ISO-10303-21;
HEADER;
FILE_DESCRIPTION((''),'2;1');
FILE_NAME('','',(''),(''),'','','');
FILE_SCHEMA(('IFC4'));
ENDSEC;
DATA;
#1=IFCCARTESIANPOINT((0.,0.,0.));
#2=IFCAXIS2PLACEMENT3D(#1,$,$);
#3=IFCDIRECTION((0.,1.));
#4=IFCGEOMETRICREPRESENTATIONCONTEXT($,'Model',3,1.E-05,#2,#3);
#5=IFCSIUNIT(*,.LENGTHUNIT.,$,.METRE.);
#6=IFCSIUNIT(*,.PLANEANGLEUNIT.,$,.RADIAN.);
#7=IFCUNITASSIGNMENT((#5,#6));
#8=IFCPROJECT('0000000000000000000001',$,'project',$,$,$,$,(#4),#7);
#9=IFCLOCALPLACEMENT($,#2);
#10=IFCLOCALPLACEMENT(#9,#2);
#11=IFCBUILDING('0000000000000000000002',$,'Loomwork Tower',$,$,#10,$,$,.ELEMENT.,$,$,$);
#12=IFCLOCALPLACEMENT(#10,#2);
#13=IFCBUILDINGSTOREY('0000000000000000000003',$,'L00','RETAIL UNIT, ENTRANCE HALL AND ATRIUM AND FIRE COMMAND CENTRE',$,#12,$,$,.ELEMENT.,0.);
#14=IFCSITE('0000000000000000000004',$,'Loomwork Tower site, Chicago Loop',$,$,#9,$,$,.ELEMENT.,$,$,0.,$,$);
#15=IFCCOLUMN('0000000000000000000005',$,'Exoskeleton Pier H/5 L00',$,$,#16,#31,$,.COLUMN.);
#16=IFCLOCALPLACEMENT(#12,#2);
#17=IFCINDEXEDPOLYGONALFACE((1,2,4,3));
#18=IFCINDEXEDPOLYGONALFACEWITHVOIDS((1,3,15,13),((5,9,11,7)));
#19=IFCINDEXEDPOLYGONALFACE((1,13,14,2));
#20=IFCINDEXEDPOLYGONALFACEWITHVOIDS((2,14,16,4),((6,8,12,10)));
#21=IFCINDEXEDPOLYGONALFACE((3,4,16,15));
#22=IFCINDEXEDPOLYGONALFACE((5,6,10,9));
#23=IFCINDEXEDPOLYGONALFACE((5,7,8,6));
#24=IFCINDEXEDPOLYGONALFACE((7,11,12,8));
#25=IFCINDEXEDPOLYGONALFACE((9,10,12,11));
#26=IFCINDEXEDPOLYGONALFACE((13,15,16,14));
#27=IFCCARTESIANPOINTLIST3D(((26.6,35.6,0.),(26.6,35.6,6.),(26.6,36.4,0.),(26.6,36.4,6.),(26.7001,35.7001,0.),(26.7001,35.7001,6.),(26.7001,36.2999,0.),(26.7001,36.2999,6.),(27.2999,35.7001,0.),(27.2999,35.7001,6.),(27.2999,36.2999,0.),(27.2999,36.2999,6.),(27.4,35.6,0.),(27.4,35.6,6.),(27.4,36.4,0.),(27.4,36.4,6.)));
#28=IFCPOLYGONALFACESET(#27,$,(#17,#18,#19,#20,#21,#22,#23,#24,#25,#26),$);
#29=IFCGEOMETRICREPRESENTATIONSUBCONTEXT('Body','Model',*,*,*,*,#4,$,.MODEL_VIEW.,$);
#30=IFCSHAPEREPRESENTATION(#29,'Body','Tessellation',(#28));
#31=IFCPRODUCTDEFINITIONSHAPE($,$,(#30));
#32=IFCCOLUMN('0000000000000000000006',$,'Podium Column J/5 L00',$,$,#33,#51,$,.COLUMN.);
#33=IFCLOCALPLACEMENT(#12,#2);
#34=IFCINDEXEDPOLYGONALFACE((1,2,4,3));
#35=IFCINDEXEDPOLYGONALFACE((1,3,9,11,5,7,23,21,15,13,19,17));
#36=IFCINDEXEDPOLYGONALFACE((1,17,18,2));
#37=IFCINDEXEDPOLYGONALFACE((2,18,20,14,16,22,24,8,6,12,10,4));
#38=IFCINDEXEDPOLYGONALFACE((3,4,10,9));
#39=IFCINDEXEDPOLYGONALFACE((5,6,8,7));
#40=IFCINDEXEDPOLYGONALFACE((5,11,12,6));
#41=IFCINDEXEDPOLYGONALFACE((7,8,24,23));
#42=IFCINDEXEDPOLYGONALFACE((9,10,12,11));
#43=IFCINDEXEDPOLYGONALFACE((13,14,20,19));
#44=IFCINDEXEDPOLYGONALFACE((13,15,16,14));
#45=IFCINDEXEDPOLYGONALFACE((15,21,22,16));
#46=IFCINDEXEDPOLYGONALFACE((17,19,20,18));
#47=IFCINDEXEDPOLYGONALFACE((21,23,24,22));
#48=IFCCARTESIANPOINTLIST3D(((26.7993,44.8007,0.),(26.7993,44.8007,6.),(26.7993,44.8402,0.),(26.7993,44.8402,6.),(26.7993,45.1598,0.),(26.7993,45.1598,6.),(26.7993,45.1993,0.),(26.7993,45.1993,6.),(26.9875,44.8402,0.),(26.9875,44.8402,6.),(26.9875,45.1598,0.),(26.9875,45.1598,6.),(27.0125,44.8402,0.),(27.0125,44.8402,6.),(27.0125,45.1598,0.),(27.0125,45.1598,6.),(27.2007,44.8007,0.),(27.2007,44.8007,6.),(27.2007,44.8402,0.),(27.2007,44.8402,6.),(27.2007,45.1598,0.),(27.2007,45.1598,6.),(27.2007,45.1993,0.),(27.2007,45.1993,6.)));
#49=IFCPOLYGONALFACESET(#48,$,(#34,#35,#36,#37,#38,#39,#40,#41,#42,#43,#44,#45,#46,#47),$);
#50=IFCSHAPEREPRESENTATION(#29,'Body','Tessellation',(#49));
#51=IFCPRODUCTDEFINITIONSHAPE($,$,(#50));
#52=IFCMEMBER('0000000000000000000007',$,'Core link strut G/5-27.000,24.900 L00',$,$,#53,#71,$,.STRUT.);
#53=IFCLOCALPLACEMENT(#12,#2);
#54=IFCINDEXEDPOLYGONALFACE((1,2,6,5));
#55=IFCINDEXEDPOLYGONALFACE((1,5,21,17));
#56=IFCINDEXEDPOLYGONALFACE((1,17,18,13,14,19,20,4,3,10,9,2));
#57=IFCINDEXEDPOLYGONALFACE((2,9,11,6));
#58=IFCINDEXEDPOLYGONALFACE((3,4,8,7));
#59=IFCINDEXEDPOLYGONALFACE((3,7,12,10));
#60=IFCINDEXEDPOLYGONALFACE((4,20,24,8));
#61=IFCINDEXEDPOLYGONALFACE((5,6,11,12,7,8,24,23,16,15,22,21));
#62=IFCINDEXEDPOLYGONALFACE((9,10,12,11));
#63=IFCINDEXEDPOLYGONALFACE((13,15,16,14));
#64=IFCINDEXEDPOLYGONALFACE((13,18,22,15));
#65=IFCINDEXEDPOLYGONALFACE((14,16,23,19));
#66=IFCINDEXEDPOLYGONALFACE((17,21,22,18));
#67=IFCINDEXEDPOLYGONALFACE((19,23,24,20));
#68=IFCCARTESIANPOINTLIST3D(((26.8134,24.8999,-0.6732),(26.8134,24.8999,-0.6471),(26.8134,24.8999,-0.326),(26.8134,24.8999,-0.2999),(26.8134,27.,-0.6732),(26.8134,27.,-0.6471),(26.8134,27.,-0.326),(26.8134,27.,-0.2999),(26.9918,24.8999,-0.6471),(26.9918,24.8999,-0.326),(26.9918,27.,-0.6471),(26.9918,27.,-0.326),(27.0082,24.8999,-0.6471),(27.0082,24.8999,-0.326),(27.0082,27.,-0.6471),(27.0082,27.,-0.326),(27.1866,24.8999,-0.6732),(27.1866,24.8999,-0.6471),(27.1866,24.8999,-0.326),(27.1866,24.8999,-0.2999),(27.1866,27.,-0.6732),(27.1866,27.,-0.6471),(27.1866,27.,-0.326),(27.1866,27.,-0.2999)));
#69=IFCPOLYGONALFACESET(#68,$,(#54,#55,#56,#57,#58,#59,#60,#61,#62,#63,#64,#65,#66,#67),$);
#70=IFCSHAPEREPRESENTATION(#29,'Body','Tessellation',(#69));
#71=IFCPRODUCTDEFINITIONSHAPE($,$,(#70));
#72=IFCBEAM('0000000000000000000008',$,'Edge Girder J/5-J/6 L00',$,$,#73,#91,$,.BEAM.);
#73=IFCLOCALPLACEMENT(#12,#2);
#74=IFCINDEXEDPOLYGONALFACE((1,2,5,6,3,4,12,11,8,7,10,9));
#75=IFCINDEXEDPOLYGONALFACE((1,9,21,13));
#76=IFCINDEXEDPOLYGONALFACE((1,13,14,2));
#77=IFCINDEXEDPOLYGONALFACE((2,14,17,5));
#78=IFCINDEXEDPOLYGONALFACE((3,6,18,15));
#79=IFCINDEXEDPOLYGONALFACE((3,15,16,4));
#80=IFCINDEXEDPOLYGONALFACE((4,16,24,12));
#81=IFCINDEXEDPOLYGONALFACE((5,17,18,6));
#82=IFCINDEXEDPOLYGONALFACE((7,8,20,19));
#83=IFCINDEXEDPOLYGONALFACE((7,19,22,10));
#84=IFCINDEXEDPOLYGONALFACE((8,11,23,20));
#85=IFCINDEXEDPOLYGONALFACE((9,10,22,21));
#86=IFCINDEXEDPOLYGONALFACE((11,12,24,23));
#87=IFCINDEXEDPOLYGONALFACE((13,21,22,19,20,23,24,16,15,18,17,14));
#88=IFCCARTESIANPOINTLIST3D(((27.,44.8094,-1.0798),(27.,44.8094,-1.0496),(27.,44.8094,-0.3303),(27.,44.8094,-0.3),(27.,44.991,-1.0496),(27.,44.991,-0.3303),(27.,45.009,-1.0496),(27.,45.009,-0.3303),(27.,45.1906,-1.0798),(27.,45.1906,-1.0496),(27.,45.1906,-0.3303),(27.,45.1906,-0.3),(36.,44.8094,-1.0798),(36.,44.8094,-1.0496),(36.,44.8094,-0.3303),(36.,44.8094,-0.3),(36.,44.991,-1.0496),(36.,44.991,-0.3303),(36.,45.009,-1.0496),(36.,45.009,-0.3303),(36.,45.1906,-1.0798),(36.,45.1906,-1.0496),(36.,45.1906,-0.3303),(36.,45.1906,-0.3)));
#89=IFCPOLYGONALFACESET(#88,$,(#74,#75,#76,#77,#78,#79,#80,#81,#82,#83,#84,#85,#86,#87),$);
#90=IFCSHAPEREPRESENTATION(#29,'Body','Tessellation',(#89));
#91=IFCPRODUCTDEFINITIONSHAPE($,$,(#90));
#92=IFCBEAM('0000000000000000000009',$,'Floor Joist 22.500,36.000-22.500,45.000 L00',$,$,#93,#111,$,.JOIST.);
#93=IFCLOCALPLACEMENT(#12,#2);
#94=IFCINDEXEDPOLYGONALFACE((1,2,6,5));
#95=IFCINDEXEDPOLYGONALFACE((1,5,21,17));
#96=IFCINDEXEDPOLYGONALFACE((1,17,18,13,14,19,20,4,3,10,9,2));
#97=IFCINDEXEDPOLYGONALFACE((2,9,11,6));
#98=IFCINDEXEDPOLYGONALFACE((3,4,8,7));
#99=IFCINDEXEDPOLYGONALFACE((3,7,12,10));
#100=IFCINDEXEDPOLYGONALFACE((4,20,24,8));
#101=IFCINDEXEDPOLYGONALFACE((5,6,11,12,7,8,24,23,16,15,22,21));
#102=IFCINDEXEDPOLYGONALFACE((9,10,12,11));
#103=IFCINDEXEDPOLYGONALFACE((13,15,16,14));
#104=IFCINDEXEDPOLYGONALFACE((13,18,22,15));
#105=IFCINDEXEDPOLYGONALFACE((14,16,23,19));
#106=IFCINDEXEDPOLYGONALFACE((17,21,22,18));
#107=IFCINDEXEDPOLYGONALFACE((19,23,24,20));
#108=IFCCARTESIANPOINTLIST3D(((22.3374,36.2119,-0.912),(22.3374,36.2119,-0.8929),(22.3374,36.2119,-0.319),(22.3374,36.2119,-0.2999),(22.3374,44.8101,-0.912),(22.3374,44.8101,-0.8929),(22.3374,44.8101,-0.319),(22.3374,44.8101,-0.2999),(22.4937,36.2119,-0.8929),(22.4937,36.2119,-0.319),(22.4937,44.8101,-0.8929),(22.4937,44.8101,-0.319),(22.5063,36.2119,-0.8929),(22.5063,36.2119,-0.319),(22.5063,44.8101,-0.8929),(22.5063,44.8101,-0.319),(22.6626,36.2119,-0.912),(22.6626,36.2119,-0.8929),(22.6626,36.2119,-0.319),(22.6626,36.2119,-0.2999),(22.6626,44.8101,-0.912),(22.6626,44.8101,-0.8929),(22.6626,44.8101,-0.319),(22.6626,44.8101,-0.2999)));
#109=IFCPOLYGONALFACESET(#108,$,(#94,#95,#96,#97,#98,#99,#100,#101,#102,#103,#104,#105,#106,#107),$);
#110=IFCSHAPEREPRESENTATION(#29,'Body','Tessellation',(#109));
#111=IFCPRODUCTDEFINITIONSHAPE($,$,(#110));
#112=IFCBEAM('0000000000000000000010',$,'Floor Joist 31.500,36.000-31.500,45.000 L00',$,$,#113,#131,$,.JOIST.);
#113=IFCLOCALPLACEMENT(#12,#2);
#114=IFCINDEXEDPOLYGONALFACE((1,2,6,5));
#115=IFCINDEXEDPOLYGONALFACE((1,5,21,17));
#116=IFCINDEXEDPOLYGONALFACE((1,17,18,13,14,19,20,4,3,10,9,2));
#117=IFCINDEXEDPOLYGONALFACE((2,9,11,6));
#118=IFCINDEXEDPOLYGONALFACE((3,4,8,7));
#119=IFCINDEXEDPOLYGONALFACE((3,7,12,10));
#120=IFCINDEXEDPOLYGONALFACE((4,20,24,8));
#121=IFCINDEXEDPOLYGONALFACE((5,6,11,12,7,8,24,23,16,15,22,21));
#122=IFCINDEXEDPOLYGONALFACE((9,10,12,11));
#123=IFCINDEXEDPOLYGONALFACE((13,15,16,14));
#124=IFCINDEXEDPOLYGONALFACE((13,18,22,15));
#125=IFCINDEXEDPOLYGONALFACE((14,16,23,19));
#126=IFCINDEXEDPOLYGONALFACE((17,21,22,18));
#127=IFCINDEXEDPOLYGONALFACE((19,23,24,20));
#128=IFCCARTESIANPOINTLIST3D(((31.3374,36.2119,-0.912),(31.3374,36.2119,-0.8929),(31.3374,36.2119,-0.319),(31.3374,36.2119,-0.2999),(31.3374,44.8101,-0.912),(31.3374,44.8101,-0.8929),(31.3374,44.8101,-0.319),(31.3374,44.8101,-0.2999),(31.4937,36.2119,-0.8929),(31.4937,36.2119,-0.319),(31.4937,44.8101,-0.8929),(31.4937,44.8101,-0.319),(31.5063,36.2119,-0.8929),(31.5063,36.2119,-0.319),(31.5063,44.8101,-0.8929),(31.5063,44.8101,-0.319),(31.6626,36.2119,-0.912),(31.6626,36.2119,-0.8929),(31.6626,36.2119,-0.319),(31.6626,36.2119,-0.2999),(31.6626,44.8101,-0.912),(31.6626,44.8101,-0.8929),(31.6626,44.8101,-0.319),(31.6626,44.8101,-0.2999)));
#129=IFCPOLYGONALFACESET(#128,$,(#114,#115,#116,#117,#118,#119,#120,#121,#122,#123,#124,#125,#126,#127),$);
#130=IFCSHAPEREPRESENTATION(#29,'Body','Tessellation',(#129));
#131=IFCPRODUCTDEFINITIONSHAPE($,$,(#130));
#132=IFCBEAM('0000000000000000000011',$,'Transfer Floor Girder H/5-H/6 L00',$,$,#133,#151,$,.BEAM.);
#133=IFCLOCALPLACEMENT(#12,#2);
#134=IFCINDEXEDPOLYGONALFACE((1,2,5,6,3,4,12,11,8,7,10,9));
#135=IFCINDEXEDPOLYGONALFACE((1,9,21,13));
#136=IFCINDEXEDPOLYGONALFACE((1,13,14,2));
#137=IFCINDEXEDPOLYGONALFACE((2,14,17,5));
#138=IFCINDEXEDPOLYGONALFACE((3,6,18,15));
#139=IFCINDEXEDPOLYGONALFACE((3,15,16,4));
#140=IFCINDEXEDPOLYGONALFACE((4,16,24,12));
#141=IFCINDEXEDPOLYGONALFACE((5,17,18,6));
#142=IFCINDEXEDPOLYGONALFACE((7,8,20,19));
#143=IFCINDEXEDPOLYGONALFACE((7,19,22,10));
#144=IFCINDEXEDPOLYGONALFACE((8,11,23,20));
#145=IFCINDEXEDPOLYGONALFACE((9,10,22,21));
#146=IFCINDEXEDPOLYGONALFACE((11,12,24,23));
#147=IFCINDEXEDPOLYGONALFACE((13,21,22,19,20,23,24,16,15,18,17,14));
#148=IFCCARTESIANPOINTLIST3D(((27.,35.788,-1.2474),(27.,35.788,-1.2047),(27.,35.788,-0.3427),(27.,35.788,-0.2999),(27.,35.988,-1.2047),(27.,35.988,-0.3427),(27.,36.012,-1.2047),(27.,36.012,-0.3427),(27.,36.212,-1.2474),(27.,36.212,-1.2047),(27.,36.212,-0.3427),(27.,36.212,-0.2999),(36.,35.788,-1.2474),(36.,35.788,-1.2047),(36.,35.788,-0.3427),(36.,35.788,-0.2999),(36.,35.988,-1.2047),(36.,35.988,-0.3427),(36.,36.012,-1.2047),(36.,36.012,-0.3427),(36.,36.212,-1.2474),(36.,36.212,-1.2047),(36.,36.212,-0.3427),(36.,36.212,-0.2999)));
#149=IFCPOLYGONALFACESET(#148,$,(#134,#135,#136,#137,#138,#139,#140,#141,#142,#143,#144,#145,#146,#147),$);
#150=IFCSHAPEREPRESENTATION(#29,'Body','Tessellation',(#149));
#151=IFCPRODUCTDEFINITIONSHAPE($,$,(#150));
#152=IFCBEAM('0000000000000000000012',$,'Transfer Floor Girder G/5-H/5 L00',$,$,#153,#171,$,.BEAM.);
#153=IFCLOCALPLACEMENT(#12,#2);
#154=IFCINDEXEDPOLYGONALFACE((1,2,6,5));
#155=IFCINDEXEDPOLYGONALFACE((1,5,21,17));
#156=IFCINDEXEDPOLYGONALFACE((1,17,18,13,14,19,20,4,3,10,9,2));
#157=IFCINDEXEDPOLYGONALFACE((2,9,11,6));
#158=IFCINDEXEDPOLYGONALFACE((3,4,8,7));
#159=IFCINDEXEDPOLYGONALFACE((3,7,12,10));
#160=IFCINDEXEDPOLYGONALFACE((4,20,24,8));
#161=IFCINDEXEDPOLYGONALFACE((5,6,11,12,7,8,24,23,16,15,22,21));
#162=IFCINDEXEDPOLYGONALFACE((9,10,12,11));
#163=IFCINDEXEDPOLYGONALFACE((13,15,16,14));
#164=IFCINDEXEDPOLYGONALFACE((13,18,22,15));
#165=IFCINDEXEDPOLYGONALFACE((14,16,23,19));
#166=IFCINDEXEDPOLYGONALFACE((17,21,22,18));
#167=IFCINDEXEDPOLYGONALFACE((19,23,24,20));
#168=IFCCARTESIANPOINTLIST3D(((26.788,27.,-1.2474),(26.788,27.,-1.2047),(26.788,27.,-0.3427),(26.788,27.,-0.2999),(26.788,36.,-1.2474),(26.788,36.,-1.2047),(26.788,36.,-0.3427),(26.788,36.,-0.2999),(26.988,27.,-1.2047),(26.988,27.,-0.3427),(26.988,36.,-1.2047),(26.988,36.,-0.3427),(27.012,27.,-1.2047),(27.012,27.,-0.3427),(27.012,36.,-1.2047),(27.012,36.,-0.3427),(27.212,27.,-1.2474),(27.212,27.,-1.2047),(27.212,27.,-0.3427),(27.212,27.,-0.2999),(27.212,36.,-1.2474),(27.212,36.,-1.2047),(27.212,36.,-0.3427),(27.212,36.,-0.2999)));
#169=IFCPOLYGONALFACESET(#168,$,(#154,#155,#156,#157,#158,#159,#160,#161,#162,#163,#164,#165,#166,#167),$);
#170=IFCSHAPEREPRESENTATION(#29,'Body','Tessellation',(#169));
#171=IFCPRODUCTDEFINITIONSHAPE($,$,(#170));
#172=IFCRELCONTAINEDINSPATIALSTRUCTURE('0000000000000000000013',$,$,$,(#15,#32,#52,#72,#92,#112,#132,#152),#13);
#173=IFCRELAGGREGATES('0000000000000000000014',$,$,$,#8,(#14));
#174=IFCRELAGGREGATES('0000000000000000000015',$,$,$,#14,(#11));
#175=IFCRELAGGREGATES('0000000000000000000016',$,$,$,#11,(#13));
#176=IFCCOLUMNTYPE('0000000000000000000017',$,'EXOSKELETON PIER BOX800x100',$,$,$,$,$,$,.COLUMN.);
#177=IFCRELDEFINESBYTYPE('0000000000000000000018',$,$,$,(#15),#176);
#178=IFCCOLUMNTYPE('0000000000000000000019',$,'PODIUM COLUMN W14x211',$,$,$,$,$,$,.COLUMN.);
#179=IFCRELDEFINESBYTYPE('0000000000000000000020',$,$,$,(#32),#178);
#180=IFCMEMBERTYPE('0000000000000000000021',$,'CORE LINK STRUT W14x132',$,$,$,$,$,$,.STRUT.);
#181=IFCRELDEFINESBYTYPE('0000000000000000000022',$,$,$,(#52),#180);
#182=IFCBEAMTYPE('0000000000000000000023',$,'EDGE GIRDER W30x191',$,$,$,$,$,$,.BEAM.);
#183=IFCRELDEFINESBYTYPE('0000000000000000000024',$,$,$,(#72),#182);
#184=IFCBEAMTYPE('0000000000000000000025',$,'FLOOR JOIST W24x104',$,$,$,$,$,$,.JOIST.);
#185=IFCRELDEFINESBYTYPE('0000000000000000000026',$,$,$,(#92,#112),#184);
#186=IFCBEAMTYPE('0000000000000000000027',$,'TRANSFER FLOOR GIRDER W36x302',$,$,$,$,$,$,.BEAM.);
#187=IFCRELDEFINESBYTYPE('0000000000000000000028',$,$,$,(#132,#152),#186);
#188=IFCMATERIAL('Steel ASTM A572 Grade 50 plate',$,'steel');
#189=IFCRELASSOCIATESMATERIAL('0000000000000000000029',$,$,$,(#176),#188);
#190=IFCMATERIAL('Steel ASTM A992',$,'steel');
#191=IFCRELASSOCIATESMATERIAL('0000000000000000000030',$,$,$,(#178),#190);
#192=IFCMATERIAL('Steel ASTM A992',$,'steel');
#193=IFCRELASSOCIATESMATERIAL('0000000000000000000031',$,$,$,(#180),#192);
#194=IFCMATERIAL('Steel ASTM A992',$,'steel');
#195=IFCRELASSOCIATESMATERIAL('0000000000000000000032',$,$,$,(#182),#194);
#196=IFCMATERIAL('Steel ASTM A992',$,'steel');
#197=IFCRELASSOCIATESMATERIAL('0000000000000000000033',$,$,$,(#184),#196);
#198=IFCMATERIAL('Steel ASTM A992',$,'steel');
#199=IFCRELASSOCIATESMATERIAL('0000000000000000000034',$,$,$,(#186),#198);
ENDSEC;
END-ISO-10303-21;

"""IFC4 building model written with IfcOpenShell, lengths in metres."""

from ifc_helpers import new_model, si_unit, direction, frame, origin, origin_2d, place, context, subcontext, project, spatial, hollow_rectangle, i_section, extrude, material, material_profile, profile_set, type_object, element, save


model = new_model("IFC4")

# Units and contexts
model_context = context("Model", 3, precision=1e-05, world=origin(), true_north=direction((0.0, 1.0)))
body_context = subcontext(model_context, "Body", "Model", "MODEL_VIEW")
ifc_project = project(units=[si_unit("LENGTHUNIT", "METRE"), si_unit("PLANEANGLEUNIT", "RADIAN")], contexts=[model_context])

# Site, building, storey
site_placement = place(None, origin())
site = spatial("IfcSite", under=ifc_project, at=site_placement, Name="Loomwork Tower site, Chicago Loop", CompositionType="ELEMENT", RefElevation=0.0)
building_placement = place(site_placement, origin())
building = spatial("IfcBuilding", under=site, at=building_placement, Name="Loomwork Tower", CompositionType="ELEMENT")
storey_placement = place(building_placement, origin())
storey = spatial("IfcBuildingStorey", under=building, at=storey_placement, Name="L00", Description="RETAIL UNIT, ENTRANCE HALL AND ATRIUM AND FIRE COMMAND CENTRE", CompositionType="ELEMENT", Elevation=0.0)

# Columns
ifc_material_1 = material(Name="Steel ASTM A572 Grade 50 plate", Category="steel")
ifc_material_profile_1 = material_profile(ifc_material_1, hollow_rectangle(XDim=0.8, YDim=0.8, WallThickness=0.1001, at=origin_2d()), Name="BOX800x100")
ifc_profile_set_1 = profile_set([ifc_material_profile_1], Name="Steel ASTM A572 Grade 50 plate")
column_type_1 = type_object("IfcColumnType", Name="EXOSKELETON PIER BOX800x100", PredefinedType="COLUMN", material=ifc_profile_set_1)
column_1_placement = place(storey_placement, frame((27.0, 36.0, 0.0), z_axis=(0.0, 0.0, 1.0), x_axis=(1.0, 0.0, 0.0)))
element("IfcColumn", 1, at=column_1_placement, inside=storey, type_object=column_type_1, Name="Exoskeleton Pier H/5 L00", PredefinedType="COLUMN", context=body_context, shape_type="SweptSolid", body=[
    extrude(hollow_rectangle(XDim=0.8, YDim=0.8, WallThickness=0.1001, at=origin_2d()), origin(), (0.0, 0.0, 1.0), 6.0),
])
ifc_material_2 = material(Name="Steel ASTM A992", Category="steel")
ifc_material_profile_2 = material_profile(ifc_material_2, i_section(OverallWidth=0.4014, OverallDepth=0.3987, WebThickness=0.0249, FlangeThickness=0.0396, at=origin_2d()), Name="W14x211")
ifc_profile_set_2 = profile_set([ifc_material_profile_2], Name="Steel ASTM A992")
column_type_2 = type_object("IfcColumnType", Name="PODIUM COLUMN W14x211", PredefinedType="COLUMN", material=ifc_profile_set_2)
column_2_placement = place(storey_placement, frame((27.0, 45.0, 0.0), z_axis=(0.0, 0.0, 1.0), x_axis=(1.0, 0.0, 0.0)))
element("IfcColumn", 2, at=column_2_placement, inside=storey, type_object=column_type_2, Name="Podium Column J/5 L00", PredefinedType="COLUMN", context=body_context, shape_type="SweptSolid", body=[
    extrude(i_section(OverallWidth=0.4014, OverallDepth=0.3987, WebThickness=0.0249, FlangeThickness=0.0396, at=origin_2d()), origin(), (0.0, 0.0, 1.0), 6.0),
])

# Member
ifc_material_3 = material(Name="Steel ASTM A992", Category="steel")
ifc_material_profile_3 = material_profile(ifc_material_3, i_section(OverallWidth=0.3733, OverallDepth=0.3733, WebThickness=0.0164, FlangeThickness=0.0261, at=origin_2d()), Name="W14x132")
ifc_profile_set_3 = profile_set([ifc_material_profile_3], Name="Steel ASTM A992")
member_type = type_object("IfcMemberType", Name="CORE LINK STRUT W14x132", PredefinedType="STRUT", material=ifc_profile_set_3)
member_placement = place(storey_placement, frame((27.0, 27.0, -0.4866), z_axis=(0.0, -1.0, 0.0), x_axis=(1.0, 0.0, 0.0)))
element("IfcMember", 3, at=member_placement, inside=storey, type_object=member_type, Name="Core link strut G/5-27.000,24.900 L00", PredefinedType="STRUT", context=body_context, shape_type="SweptSolid", body=[
    extrude(i_section(OverallWidth=0.3733, OverallDepth=0.3733, WebThickness=0.0164, FlangeThickness=0.0261, at=origin_2d()), origin(), (0.0, 0.0, 1.0), 2.1001),
])

# Beams
ifc_material_4 = material(Name="Steel ASTM A992", Category="steel")
ifc_material_profile_4 = material_profile(ifc_material_4, i_section(OverallWidth=0.3811, OverallDepth=0.7798, WebThickness=0.0181, FlangeThickness=0.0303, at=origin_2d()), Name="W30x191")
ifc_profile_set_4 = profile_set([ifc_material_profile_4], Name="Steel ASTM A992")
beam_type_1 = type_object("IfcBeamType", Name="EDGE GIRDER W30x191", PredefinedType="BEAM", material=ifc_profile_set_4)
beam_placement = place(storey_placement, frame((27.0, 45.0, -0.6899), z_axis=(1.0, 0.0, 0.0), x_axis=(0.0, 1.0, 0.0)))
element("IfcBeam", 4, at=beam_placement, inside=storey, type_object=beam_type_1, Name="Edge Girder J/5-J/6 L00", PredefinedType="BEAM", context=body_context, shape_type="SweptSolid", body=[
    extrude(i_section(OverallWidth=0.3811, OverallDepth=0.7798, WebThickness=0.0181, FlangeThickness=0.0303, at=origin_2d()), origin(), (0.0, 0.0, 1.0), 9.0),
])
ifc_material_5 = material(Name="Steel ASTM A992", Category="steel")
ifc_material_profile_5 = material_profile(ifc_material_5, i_section(OverallWidth=0.3252, OverallDepth=0.6121, WebThickness=0.0127, FlangeThickness=0.019, at=origin_2d()), Name="W24x104")
ifc_profile_set_5 = profile_set([ifc_material_profile_5], Name="Steel ASTM A992")
beam_type_2 = type_object("IfcBeamType", Name="FLOOR JOIST W24x104", PredefinedType="JOIST", material=ifc_profile_set_5)
for number, where, z_axis, x_axis, name in (
    (5, (22.5, 36.2119, -0.606), (0.0, 1.0, 0.0), (-1.0, 0.0, 0.0), "Floor Joist 22.500,36.000-22.500,45.000 L00"),
    (6, (31.5, 36.2119, -0.606), (0.0, 1.0, 0.0), (-1.0, 0.0, 0.0), "Floor Joist 31.500,36.000-31.500,45.000 L00"),
):
    element("IfcBeam", number, at=place(storey_placement, frame(where, z_axis=z_axis, x_axis=x_axis)), inside=storey, type_object=beam_type_2, Name=name, PredefinedType="JOIST", context=body_context, shape_type="SweptSolid", body=[
        extrude(i_section(OverallWidth=0.3252, OverallDepth=0.6121, WebThickness=0.0127, FlangeThickness=0.019, at=origin_2d()), origin(), (0.0, 0.0, 1.0), 8.5981),
    ])
ifc_material_6 = material(Name="Steel ASTM A992", Category="steel")
ifc_material_profile_6 = material_profile(ifc_material_6, i_section(OverallWidth=0.4241, OverallDepth=0.9475, WebThickness=0.0239, FlangeThickness=0.0427, at=origin_2d()), Name="W36x302")
ifc_profile_set_6 = profile_set([ifc_material_profile_6], Name="Steel ASTM A992")
beam_type_3 = type_object("IfcBeamType", Name="TRANSFER FLOOR GIRDER W36x302", PredefinedType="BEAM", material=ifc_profile_set_6)
for number, where, z_axis, x_axis, name in (
    (7, (27.0, 36.0, -0.7737), (1.0, 0.0, 0.0), (0.0, 1.0, 0.0), "Transfer Floor Girder H/5-H/6 L00"),
    (8, (27.0, 27.0, -0.7737), (0.0, 1.0, 0.0), (-1.0, 0.0, 0.0), "Transfer Floor Girder G/5-H/5 L00"),
):
    element("IfcBeam", number, at=place(storey_placement, frame(where, z_axis=z_axis, x_axis=x_axis)), inside=storey, type_object=beam_type_3, Name=name, PredefinedType="BEAM", context=body_context, shape_type="SweptSolid", body=[
        extrude(i_section(OverallWidth=0.4241, OverallDepth=0.9475, WebThickness=0.0239, FlangeThickness=0.0427, at=origin_2d()), origin(), (0.0, 0.0, 1.0), 9.0),
    ])

save(model, "model.ifc")
